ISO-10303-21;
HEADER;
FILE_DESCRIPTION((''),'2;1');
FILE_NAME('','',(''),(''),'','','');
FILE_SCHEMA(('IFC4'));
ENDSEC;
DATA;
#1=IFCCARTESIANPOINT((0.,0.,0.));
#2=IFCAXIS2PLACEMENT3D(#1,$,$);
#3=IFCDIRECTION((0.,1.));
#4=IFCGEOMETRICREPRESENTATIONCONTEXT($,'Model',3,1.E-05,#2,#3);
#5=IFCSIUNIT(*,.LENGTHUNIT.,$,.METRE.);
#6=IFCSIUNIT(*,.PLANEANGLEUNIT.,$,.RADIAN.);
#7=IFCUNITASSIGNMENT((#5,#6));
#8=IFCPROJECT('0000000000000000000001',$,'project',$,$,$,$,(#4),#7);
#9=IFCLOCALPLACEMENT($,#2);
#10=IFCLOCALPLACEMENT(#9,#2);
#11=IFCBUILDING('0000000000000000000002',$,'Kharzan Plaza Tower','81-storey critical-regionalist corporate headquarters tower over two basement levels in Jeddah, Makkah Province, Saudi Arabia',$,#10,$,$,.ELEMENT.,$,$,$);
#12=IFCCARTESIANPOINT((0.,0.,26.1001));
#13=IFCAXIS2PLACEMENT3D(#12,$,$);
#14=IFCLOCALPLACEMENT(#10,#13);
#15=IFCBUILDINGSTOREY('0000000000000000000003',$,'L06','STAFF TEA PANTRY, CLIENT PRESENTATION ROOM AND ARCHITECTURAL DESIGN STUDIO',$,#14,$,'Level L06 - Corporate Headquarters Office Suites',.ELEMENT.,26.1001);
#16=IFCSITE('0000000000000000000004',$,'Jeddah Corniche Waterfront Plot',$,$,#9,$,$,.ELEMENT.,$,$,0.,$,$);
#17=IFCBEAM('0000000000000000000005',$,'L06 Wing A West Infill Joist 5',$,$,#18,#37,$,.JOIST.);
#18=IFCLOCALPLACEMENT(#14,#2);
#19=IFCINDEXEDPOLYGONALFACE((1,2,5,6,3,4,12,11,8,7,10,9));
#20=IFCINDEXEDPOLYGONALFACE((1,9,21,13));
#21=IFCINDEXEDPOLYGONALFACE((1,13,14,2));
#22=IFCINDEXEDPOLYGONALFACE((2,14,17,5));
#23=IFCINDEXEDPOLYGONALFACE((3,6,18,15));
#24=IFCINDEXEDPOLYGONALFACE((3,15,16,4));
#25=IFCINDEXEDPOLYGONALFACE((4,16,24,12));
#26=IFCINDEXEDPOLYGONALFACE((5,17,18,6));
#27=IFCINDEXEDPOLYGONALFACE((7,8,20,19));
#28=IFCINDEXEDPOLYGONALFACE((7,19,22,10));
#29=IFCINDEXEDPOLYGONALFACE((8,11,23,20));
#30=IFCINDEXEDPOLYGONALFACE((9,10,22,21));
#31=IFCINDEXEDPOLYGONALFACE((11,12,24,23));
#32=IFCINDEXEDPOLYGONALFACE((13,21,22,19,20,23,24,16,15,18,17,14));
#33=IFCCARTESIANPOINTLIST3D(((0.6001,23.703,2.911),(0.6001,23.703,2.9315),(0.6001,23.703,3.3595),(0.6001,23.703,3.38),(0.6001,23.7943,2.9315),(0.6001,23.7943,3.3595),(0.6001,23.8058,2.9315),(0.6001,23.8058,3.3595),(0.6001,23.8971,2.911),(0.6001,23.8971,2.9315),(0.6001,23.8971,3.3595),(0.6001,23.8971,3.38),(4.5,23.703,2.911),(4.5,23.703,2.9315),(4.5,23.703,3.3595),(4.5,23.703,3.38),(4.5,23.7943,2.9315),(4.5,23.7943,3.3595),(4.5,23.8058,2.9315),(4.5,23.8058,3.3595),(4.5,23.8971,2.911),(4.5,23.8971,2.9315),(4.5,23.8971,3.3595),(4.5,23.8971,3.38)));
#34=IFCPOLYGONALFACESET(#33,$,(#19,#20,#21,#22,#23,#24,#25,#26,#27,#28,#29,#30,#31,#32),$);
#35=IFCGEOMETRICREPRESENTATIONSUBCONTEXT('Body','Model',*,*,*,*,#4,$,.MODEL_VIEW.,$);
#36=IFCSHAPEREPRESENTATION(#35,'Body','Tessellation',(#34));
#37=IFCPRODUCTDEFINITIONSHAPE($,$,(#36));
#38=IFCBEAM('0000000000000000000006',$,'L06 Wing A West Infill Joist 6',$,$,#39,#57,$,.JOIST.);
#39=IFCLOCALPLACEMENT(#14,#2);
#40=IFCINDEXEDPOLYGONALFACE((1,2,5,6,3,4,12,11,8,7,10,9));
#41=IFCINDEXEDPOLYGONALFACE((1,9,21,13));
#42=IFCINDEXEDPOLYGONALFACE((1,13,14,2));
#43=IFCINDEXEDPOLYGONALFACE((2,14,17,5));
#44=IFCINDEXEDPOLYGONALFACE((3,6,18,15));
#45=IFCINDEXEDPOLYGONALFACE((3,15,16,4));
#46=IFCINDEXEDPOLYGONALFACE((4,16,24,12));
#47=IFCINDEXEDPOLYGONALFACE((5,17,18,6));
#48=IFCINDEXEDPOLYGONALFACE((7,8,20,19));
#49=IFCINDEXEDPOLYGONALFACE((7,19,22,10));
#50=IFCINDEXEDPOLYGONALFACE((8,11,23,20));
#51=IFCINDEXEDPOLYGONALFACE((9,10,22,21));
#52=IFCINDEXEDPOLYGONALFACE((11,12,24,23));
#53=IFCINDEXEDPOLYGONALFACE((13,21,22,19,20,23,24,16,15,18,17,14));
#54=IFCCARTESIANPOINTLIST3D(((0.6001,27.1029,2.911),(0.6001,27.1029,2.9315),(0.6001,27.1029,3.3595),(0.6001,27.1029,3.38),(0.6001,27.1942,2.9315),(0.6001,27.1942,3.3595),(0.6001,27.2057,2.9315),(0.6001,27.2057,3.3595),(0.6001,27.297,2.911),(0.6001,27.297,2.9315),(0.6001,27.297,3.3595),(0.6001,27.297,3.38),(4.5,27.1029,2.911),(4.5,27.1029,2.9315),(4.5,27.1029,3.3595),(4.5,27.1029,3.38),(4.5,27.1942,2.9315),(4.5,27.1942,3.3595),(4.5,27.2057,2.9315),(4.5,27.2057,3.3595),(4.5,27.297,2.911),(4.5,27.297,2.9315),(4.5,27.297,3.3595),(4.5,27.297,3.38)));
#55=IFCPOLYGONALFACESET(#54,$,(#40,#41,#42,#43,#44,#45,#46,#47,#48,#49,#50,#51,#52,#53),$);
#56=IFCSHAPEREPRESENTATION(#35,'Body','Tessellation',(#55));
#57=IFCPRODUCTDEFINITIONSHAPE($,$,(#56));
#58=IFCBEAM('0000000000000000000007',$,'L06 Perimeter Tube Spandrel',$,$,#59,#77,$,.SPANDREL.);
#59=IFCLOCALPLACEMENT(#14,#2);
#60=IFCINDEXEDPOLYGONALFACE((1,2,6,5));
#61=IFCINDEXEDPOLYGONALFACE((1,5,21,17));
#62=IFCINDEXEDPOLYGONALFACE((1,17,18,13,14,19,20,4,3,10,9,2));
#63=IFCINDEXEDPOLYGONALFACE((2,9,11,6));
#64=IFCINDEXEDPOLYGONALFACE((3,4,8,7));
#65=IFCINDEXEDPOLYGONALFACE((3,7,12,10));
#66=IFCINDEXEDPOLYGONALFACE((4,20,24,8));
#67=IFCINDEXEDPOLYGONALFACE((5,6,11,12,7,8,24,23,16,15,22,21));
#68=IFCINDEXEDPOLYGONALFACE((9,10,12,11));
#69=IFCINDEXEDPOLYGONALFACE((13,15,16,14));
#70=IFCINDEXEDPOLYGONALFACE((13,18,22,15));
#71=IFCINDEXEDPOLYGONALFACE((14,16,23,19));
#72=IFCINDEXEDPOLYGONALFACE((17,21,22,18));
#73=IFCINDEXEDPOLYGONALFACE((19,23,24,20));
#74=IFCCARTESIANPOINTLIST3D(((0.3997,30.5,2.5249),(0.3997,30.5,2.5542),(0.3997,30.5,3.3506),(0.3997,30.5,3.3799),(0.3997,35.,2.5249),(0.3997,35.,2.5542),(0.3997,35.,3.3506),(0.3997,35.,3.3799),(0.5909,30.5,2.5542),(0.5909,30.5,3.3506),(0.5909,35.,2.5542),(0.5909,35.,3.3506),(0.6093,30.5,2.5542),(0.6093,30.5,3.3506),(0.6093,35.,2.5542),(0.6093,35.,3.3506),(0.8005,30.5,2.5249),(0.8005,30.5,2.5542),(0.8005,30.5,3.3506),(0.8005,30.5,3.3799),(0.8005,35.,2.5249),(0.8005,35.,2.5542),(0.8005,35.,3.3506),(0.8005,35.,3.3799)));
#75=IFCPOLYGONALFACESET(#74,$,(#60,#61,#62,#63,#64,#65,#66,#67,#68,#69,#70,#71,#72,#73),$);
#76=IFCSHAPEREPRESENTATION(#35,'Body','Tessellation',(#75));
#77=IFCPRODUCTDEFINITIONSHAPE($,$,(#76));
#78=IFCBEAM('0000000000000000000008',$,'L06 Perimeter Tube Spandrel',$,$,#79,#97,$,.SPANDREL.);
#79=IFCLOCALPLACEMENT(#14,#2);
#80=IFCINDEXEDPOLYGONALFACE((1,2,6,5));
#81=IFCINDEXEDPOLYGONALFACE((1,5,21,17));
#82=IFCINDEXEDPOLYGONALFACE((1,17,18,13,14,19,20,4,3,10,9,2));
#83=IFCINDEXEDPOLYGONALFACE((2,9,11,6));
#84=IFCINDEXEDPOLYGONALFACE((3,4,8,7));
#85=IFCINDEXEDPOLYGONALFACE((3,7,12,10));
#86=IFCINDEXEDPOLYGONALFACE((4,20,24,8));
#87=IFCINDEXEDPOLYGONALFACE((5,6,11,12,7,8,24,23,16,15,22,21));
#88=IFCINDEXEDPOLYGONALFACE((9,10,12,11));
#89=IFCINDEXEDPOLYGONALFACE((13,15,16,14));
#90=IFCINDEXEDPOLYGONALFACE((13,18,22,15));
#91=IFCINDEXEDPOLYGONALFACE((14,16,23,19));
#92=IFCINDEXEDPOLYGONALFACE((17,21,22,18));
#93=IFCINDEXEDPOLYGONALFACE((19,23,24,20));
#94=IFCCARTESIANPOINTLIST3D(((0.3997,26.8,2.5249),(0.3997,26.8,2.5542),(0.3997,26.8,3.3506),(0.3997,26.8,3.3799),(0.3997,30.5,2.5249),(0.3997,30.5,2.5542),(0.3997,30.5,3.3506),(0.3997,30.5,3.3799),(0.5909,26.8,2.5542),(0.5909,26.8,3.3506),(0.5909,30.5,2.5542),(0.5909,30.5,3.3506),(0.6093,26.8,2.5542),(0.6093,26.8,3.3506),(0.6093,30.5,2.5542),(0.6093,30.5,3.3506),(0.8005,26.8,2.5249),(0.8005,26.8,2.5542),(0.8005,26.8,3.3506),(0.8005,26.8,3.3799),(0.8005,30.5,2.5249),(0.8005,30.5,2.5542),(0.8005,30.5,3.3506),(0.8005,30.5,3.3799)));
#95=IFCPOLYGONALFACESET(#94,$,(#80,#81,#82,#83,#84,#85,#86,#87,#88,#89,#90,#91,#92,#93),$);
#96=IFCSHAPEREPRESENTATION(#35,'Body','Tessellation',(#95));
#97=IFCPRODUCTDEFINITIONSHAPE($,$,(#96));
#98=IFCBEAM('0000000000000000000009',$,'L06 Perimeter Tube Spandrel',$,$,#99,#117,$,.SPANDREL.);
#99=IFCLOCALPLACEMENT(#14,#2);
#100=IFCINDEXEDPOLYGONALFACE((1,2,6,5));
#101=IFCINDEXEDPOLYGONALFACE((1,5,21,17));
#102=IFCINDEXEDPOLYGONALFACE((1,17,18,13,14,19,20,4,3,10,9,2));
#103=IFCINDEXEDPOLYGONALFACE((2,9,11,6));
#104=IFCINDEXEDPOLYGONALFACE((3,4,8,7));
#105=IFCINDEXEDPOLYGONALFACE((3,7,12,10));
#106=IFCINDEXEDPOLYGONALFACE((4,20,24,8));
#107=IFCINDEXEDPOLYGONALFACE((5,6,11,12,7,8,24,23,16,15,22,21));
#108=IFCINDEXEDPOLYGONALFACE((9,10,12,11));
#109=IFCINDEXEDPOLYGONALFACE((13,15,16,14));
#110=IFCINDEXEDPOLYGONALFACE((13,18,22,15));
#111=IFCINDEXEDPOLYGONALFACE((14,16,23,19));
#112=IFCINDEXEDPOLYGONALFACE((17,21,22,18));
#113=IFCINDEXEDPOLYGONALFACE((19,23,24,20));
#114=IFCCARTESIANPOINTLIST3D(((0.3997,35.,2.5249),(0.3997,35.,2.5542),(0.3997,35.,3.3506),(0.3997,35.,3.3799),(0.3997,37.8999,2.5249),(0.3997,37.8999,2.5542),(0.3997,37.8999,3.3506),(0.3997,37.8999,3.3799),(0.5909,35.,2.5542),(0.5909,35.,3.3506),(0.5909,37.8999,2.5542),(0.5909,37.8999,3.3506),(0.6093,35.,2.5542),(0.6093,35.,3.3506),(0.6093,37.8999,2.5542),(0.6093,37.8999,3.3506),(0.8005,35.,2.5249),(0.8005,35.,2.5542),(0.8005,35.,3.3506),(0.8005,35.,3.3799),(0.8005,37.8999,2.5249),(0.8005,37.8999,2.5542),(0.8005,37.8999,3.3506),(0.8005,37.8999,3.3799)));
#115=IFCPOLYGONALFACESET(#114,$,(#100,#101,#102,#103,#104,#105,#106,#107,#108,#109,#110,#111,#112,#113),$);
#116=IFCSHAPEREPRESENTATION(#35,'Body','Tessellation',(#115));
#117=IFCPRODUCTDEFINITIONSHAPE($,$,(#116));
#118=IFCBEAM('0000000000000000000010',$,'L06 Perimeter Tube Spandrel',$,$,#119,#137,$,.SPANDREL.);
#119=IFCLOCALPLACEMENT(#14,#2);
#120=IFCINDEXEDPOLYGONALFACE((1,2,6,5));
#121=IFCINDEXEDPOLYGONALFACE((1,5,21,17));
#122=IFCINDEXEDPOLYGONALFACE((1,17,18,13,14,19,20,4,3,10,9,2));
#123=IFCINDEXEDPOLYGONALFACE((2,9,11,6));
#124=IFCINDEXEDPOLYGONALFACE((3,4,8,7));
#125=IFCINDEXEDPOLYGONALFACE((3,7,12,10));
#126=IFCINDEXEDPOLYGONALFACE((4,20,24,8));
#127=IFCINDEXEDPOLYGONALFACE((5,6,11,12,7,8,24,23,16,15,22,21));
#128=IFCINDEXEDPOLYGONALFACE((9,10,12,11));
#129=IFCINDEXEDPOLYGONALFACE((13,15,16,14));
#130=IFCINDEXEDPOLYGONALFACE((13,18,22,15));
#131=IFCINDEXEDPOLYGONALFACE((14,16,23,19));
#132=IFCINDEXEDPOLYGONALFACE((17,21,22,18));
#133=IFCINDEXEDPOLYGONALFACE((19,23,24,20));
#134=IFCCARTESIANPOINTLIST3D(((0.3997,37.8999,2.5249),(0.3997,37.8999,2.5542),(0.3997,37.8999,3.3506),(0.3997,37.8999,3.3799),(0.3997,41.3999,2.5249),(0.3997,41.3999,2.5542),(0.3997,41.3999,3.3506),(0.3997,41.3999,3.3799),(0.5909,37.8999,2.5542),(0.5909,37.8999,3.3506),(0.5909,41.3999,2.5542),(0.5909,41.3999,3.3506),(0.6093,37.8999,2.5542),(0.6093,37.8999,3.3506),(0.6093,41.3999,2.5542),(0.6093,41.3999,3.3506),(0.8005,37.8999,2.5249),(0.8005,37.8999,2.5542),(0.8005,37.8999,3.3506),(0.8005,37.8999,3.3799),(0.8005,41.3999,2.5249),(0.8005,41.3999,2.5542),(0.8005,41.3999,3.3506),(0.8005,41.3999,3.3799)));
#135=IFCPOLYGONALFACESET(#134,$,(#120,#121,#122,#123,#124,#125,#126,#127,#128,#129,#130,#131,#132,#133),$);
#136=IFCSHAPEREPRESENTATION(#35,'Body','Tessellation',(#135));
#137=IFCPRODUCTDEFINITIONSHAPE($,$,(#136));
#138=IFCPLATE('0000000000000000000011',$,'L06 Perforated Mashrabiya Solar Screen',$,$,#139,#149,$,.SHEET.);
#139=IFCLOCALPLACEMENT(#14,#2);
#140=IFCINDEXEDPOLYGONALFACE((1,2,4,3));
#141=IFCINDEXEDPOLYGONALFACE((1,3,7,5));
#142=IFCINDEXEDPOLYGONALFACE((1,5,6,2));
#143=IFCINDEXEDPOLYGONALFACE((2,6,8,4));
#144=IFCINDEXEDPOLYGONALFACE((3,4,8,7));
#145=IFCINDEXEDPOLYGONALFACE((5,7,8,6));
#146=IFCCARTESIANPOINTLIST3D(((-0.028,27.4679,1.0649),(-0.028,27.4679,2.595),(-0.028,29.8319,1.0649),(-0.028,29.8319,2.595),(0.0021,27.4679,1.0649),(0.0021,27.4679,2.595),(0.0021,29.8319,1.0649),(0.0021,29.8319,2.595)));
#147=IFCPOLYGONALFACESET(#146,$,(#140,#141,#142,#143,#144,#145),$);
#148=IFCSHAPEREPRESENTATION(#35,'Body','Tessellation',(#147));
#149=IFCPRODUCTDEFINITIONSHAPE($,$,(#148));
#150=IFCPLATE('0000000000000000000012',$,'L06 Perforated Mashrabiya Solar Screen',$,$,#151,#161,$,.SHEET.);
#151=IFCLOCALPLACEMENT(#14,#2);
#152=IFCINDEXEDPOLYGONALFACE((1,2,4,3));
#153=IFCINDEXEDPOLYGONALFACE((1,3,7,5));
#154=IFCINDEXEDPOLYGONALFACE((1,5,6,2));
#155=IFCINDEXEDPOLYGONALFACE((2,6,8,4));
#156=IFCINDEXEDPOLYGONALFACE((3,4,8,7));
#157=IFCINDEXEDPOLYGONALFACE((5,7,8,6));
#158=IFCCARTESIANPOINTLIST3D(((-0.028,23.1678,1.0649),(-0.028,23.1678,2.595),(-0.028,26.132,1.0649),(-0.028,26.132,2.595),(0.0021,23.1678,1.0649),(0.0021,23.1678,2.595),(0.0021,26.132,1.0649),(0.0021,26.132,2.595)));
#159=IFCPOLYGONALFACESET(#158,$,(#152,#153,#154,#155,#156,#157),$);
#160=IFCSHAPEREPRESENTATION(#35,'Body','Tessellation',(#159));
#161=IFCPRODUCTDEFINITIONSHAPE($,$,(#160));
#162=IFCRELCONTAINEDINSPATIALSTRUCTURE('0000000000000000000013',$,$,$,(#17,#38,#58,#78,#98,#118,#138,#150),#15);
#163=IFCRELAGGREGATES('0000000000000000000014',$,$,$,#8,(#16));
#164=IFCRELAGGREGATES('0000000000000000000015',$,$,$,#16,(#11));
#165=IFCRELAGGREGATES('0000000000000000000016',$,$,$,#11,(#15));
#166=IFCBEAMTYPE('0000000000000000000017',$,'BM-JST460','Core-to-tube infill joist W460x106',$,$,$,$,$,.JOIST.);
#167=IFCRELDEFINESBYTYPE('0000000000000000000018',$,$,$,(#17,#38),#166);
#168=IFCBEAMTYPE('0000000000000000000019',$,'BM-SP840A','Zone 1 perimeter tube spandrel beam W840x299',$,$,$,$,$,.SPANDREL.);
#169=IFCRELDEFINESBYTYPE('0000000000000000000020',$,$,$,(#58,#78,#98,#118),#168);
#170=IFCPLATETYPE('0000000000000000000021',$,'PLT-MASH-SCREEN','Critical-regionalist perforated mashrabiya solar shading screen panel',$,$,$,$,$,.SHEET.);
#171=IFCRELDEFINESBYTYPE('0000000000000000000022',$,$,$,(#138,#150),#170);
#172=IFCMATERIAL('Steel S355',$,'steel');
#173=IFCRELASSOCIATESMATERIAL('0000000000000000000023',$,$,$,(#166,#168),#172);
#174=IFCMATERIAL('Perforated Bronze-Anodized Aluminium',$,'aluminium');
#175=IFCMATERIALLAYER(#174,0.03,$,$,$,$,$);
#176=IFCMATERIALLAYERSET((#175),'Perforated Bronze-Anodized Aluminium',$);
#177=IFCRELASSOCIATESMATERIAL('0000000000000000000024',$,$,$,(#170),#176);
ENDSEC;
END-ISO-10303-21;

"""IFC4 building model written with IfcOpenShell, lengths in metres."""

from ifc_helpers import new_model, si_unit, direction, frame, origin, origin_2d, place, context, subcontext, project, spatial, rectangle, i_section, extrude, source, transform, mapped, material, layer, layer_set, material_profile, profile_set, type_object, element, save


model = new_model("IFC4")

# Units and contexts
model_context = context("Model", 3, precision=1e-05, world=origin(), true_north=direction((0.0, 1.0)))
body_context = subcontext(model_context, "Body", "Model", "MODEL_VIEW")
ifc_project = project(units=[si_unit("LENGTHUNIT", "METRE"), si_unit("PLANEANGLEUNIT", "RADIAN")], contexts=[model_context])

# Site, building, storey
site_placement = place(None, origin())
site = spatial("IfcSite", under=ifc_project, at=site_placement, Name="Jeddah Corniche Waterfront Plot", CompositionType="ELEMENT", RefElevation=0.0)
building_placement = place(site_placement, origin())
building = spatial("IfcBuilding", under=site, at=building_placement, Name="Kharzan Plaza Tower", Description="81-storey critical-regionalist corporate headquarters tower over two basement levels in Jeddah, Makkah Province, Saudi Arabia", CompositionType="ELEMENT")
storey_placement = place(building_placement, frame((0.0, 0.0, 26.1001)))
storey = spatial("IfcBuildingStorey", under=building, at=storey_placement, Name="L06", Description="STAFF TEA PANTRY, CLIENT PRESENTATION ROOM AND ARCHITECTURAL DESIGN STUDIO", LongName="Level L06 - Corporate Headquarters Office Suites", CompositionType="ELEMENT", Elevation=26.1001)

# Beams
ifc_material_1 = material(Name="Steel S355", Category="steel")
ifc_material_profile_1 = material_profile(ifc_material_1, i_section(OverallWidth=0.1941, OverallDepth=0.469, WebThickness=0.0115, FlangeThickness=0.0205, at=origin_2d()), Name="W460x106")
ifc_profile_set_1 = profile_set([ifc_material_profile_1], Name="Steel S355")
beam_type_1 = type_object("IfcBeamType", Name="BM-JST460", Description="Core-to-tube infill joist W460x106", PredefinedType="JOIST", material=ifc_profile_set_1)
shared_shape_1 = source(origin(), body_context, "Body", "SweptSolid", [
    extrude(i_section(OverallWidth=0.1941, OverallDepth=0.469, WebThickness=0.0115, FlangeThickness=0.0205, at=origin_2d()), origin(), (0.0, 0.0, 1.0), 3.8999),
])
for number, where, z_axis, x_axis, name in (
    (1, (0.6001, 23.8, 3.1455), (1.0, 0.0, 0.0), (0.0, 1.0, 0.0), "L06 Wing A West Infill Joist 5"),
    (2, (0.6001, 27.2, 3.1455), (1.0, 0.0, 0.0), (0.0, 1.0, 0.0), "L06 Wing A West Infill Joist 6"),
):
    element("IfcBeam", number, at=place(storey_placement, frame(where, z_axis=z_axis, x_axis=x_axis)), inside=storey, type_object=beam_type_1, Name=name, PredefinedType="JOIST", context=body_context, shape_type="MappedRepresentation", body=[
        mapped(shared_shape_1, transform((0.0, 0.0, 0.0), x_axis=(1.0, 0.0, 0.0), y_axis=(0.0, 1.0, 0.0), z_axis=(0.0, 0.0, 1.0))),
    ])
ifc_material_profile_2 = material_profile(ifc_material_1, i_section(OverallWidth=0.4009, OverallDepth=0.855, WebThickness=0.0183, FlangeThickness=0.0293, at=origin_2d()), Name="W840x299")
ifc_profile_set_2 = profile_set([ifc_material_profile_2], Name="Steel S355")
beam_type_2 = type_object("IfcBeamType", Name="BM-SP840A", Description="Zone 1 perimeter tube spandrel beam W840x299", PredefinedType="SPANDREL", material=ifc_profile_set_2)
shared_shape_2 = source(origin(), body_context, "Body", "SweptSolid", [
    extrude(i_section(OverallWidth=0.4009, OverallDepth=0.855, WebThickness=0.0183, FlangeThickness=0.0293, at=origin_2d()), origin(), (0.0, 0.0, 1.0), 4.5),
])
beam_1_placement = place(storey_placement, frame((0.6001, 30.5, 2.9524), z_axis=(0.0, 1.0, 0.0), x_axis=(-1.0, 0.0, 0.0)))
element("IfcBeam", 3, at=beam_1_placement, inside=storey, type_object=beam_type_2, Name="L06 Perimeter Tube Spandrel", PredefinedType="SPANDREL", context=body_context, shape_type="MappedRepresentation", body=[
    mapped(shared_shape_2, transform((0.0, 0.0, 0.0), x_axis=(1.0, 0.0, 0.0), y_axis=(0.0, 1.0, 0.0), z_axis=(0.0, 0.0, 1.0))),
])
shared_shape_3 = source(origin(), body_context, "Body", "SweptSolid", [
    extrude(i_section(OverallWidth=0.4009, OverallDepth=0.855, WebThickness=0.0183, FlangeThickness=0.0293, at=origin_2d()), origin(), (0.0, 0.0, 1.0), 3.7),
])
beam_2_placement = place(storey_placement, frame((0.6001, 26.8, 2.9524), z_axis=(0.0, 1.0, 0.0), x_axis=(-1.0, 0.0, 0.0)))
element("IfcBeam", 4, at=beam_2_placement, inside=storey, type_object=beam_type_2, Name="L06 Perimeter Tube Spandrel", PredefinedType="SPANDREL", context=body_context, shape_type="MappedRepresentation", body=[
    mapped(shared_shape_3, transform((0.0, 0.0, 0.0), x_axis=(1.0, 0.0, 0.0), y_axis=(0.0, 1.0, 0.0), z_axis=(0.0, 0.0, 1.0))),
])
shared_shape_4 = source(origin(), body_context, "Body", "SweptSolid", [
    extrude(i_section(OverallWidth=0.4009, OverallDepth=0.855, WebThickness=0.0183, FlangeThickness=0.0293, at=origin_2d()), origin(), (0.0, 0.0, 1.0), 2.8999),
])
beam_3_placement = place(storey_placement, frame((0.6001, 35.0, 2.9524), z_axis=(0.0, 1.0, 0.0), x_axis=(-1.0, 0.0, 0.0)))
element("IfcBeam", 5, at=beam_3_placement, inside=storey, type_object=beam_type_2, Name="L06 Perimeter Tube Spandrel", PredefinedType="SPANDREL", context=body_context, shape_type="MappedRepresentation", body=[
    mapped(shared_shape_4, transform((0.0, 0.0, 0.0), x_axis=(1.0, 0.0, 0.0), y_axis=(0.0, 1.0, 0.0), z_axis=(0.0, 0.0, 1.0))),
])
shared_shape_5 = source(origin(), body_context, "Body", "SweptSolid", [
    extrude(i_section(OverallWidth=0.4009, OverallDepth=0.855, WebThickness=0.0183, FlangeThickness=0.0293, at=origin_2d()), origin(), (0.0, 0.0, 1.0), 3.5),
])
beam_4_placement = place(storey_placement, frame((0.6001, 37.8999, 2.9524), z_axis=(0.0, 1.0, 0.0), x_axis=(-1.0, 0.0, 0.0)))
element("IfcBeam", 6, at=beam_4_placement, inside=storey, type_object=beam_type_2, Name="L06 Perimeter Tube Spandrel", PredefinedType="SPANDREL", context=body_context, shape_type="MappedRepresentation", body=[
    mapped(shared_shape_5, transform((0.0, 0.0, 0.0), x_axis=(1.0, 0.0, 0.0), y_axis=(0.0, 1.0, 0.0), z_axis=(0.0, 0.0, 1.0))),
])

# Plates
ifc_material_2 = material(Name="Perforated Bronze-Anodized Aluminium", Category="aluminium")
ifc_layer_1 = layer(ifc_material_2, 0.03)
ifc_layer_set_1 = layer_set([ifc_layer_1], Name="Perforated Bronze-Anodized Aluminium")
plate_type = type_object("IfcPlateType", Name="PLT-MASH-SCREEN", Description="Critical-regionalist perforated mashrabiya solar shading screen panel", PredefinedType="SHEET", material=ifc_layer_set_1)
shared_shape_6 = source(origin(), body_context, "Body", "SweptSolid", [
    extrude(rectangle(XDim=2.364, YDim=0.03, at=origin_2d()), origin(), (0.0, 0.0, 1.0), 1.53),
])
plate_1_placement = place(storey_placement, frame((-0.0129, 28.6499, 1.0649), z_axis=(0.0, 0.0, 1.0), x_axis=(0.0, -1.0, 0.0)))
element("IfcPlate", 7, at=plate_1_placement, inside=storey, type_object=plate_type, Name="L06 Perforated Mashrabiya Solar Screen", PredefinedType="SHEET", context=body_context, shape_type="MappedRepresentation", body=[
    mapped(shared_shape_6, transform((0.0, 0.0, 0.0), x_axis=(1.0, 0.0, 0.0), y_axis=(0.0, 1.0, 0.0), z_axis=(0.0, 0.0, 1.0))),
])
shared_shape_7 = source(origin(), body_context, "Body", "SweptSolid", [
    extrude(rectangle(XDim=2.9641, YDim=0.03, at=origin_2d()), origin(), (0.0, 0.0, 1.0), 1.53),
])
plate_2_placement = place(storey_placement, frame((-0.0129, 24.6499, 1.0649), z_axis=(0.0, 0.0, 1.0), x_axis=(0.0, -1.0, 0.0)))
element("IfcPlate", 8, at=plate_2_placement, inside=storey, type_object=plate_type, Name="L06 Perforated Mashrabiya Solar Screen", PredefinedType="SHEET", context=body_context, shape_type="MappedRepresentation", body=[
    mapped(shared_shape_7, transform((0.0, 0.0, 0.0), x_axis=(1.0, 0.0, 0.0), y_axis=(0.0, 1.0, 0.0), z_axis=(0.0, 0.0, 1.0))),
])

save(model, "model.ifc")
